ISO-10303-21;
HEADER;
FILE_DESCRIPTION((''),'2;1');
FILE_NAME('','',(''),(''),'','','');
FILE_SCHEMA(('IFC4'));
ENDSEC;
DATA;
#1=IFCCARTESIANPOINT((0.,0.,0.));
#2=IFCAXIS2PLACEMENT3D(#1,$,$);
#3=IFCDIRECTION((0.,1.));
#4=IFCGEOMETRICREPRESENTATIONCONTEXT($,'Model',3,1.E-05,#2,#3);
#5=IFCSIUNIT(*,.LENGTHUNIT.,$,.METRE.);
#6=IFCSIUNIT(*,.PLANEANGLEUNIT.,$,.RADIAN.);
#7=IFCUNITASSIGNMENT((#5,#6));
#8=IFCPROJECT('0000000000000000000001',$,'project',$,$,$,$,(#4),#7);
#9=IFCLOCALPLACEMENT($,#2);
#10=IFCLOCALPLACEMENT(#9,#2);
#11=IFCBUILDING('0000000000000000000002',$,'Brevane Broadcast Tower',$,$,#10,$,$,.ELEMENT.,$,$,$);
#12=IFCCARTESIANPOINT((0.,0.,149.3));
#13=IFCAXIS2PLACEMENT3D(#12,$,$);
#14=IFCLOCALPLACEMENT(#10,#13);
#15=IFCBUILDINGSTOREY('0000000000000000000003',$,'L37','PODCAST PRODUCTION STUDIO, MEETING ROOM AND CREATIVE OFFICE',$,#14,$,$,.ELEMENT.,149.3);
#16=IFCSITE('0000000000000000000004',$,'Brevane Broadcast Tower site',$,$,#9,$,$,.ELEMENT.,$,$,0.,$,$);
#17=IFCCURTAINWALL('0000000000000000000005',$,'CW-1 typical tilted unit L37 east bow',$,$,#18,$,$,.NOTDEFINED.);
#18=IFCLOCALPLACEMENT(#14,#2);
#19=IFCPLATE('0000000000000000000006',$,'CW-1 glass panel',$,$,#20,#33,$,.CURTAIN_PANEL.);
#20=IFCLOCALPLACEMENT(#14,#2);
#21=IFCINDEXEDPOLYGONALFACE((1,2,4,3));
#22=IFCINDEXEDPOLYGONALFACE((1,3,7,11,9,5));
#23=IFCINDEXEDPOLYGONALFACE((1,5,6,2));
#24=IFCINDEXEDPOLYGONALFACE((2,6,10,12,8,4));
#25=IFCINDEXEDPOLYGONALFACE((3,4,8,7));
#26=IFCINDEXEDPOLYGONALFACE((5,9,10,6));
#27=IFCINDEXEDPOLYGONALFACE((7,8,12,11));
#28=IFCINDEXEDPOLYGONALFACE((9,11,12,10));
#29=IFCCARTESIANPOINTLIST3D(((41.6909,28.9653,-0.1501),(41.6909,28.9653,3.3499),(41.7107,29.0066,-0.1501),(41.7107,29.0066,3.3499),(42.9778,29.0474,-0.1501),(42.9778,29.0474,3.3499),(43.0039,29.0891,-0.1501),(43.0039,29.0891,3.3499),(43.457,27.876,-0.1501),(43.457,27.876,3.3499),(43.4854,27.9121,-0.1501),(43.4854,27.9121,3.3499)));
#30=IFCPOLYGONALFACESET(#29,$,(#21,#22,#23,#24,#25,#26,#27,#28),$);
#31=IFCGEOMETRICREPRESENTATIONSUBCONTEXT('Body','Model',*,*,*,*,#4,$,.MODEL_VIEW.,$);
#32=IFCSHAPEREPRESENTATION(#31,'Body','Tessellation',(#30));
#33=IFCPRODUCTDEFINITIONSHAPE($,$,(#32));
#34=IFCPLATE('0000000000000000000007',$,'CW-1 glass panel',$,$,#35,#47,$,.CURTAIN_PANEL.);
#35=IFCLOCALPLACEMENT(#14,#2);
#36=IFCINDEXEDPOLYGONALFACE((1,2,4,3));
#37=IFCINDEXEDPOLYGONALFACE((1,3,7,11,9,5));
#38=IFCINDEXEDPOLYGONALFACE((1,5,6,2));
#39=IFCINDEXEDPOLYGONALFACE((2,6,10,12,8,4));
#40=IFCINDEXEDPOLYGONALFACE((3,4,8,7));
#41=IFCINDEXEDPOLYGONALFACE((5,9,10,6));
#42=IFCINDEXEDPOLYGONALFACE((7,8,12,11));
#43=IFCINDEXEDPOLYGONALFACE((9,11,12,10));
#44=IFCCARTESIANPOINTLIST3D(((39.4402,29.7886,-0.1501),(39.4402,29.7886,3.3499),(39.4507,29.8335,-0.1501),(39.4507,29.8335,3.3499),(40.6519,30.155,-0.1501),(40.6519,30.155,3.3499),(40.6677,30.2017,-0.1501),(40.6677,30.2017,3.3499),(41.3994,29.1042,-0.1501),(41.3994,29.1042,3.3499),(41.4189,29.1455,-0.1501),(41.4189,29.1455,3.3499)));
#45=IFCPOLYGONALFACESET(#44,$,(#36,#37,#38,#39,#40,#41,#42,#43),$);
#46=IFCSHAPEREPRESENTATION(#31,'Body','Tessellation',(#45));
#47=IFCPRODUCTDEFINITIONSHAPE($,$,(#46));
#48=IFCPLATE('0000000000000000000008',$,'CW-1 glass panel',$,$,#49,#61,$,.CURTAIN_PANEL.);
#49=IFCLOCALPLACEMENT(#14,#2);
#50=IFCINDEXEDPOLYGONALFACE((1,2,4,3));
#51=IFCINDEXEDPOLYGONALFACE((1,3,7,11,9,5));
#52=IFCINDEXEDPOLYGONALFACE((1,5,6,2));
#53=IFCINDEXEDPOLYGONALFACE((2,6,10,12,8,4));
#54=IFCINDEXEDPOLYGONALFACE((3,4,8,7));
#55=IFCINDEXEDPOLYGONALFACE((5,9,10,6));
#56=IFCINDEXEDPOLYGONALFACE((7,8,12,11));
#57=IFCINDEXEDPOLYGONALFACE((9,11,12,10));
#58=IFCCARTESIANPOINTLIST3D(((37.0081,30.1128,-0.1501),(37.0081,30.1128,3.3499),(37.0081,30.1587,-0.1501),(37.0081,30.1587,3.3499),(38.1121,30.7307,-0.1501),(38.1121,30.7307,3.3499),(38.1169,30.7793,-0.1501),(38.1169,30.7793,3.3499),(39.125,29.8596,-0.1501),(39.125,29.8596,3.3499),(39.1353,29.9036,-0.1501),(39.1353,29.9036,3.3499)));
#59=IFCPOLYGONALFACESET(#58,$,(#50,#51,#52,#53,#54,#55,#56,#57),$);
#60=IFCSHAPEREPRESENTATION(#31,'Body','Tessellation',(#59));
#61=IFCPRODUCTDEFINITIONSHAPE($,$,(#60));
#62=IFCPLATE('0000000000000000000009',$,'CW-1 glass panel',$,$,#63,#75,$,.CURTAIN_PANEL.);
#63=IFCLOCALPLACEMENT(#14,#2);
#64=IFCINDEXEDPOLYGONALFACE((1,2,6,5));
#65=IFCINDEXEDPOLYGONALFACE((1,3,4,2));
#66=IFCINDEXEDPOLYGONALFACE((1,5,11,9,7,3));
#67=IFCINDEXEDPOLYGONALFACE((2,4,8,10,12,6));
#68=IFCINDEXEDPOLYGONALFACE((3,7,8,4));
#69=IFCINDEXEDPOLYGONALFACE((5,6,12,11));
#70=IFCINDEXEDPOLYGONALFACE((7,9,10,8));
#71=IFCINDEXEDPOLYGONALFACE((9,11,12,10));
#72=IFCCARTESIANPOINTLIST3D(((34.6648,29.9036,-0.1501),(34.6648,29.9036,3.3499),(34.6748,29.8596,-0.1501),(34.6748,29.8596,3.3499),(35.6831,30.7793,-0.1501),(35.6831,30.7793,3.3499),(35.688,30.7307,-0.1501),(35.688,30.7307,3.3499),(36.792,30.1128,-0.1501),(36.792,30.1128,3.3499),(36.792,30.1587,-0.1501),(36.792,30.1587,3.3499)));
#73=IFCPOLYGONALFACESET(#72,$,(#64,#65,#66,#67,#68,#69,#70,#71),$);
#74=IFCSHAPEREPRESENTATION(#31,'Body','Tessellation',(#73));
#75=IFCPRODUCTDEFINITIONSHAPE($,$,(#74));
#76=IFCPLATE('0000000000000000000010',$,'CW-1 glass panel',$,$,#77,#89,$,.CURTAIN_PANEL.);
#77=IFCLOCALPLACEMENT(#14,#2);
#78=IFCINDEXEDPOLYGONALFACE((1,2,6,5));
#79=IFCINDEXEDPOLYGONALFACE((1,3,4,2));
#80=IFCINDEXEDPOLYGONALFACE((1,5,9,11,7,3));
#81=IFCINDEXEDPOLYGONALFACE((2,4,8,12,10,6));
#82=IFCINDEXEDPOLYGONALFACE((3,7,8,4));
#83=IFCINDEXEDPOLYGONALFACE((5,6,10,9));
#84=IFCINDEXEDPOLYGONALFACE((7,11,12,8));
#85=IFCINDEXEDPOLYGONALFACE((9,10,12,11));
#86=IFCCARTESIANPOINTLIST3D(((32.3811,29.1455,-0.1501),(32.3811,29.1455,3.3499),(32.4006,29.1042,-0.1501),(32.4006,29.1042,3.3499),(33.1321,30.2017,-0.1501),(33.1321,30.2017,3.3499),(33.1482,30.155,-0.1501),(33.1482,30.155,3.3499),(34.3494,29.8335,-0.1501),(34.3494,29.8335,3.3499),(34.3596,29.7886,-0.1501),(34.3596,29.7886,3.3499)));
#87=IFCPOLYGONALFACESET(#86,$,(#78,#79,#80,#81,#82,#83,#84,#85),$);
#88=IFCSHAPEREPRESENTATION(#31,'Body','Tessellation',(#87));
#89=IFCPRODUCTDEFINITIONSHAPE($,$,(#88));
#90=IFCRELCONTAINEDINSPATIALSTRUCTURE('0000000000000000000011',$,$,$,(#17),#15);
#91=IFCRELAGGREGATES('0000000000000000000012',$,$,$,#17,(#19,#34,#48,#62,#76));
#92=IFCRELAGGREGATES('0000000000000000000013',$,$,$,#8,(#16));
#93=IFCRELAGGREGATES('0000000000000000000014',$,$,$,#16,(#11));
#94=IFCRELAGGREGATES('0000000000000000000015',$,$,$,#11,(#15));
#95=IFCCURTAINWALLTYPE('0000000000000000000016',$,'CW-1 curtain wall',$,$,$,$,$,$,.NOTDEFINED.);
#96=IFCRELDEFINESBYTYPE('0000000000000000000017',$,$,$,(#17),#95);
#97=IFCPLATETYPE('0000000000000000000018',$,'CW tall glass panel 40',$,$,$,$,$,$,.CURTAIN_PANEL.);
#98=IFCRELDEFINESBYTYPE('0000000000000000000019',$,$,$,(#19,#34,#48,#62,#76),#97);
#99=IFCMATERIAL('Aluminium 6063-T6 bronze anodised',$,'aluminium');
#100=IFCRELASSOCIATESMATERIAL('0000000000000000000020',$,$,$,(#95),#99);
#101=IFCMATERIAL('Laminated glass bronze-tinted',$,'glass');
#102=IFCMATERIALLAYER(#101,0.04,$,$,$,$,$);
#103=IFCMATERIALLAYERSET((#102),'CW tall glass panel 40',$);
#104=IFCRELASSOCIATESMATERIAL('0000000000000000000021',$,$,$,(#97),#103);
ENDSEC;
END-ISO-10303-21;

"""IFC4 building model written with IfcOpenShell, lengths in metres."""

from ifc_helpers import new_model, si_unit, direction, frame, origin, place, context, subcontext, project, spatial, polyline, outline, extrude, material, layer, layer_set, type_object, element, aggregate, save


model = new_model("IFC4")

# Units and contexts
model_context = context("Model", 3, precision=1e-05, world=origin(), true_north=direction((0.0, 1.0)))
body_context = subcontext(model_context, "Body", "Model", "MODEL_VIEW")
ifc_project = project(units=[si_unit("LENGTHUNIT", "METRE"), si_unit("PLANEANGLEUNIT", "RADIAN")], contexts=[model_context])

# Site, building, storey
site_placement = place(None, origin())
site = spatial("IfcSite", under=ifc_project, at=site_placement, Name="Brevane Broadcast Tower site", CompositionType="ELEMENT", RefElevation=0.0)
building_placement = place(site_placement, origin())
building = spatial("IfcBuilding", under=site, at=building_placement, Name="Brevane Broadcast Tower", CompositionType="ELEMENT")
storey_placement = place(building_placement, frame((0.0, 0.0, 149.3)))
storey = spatial("IfcBuildingStorey", under=building, at=storey_placement, Name="L37", Description="PODCAST PRODUCTION STUDIO, MEETING ROOM AND CREATIVE OFFICE", CompositionType="ELEMENT", Elevation=149.3)

# Curtain wall, plates
ifc_material_1 = material(Name="Aluminium 6063-T6 bronze anodised", Category="aluminium")
curtain_wall_type = type_object("IfcCurtainWallType", Name="CW-1 curtain wall", PredefinedType="NOTDEFINED", material=ifc_material_1)
ifc_material_2 = material(Name="Laminated glass bronze-tinted", Category="glass")
ifc_layer = layer(ifc_material_2, 0.04)
ifc_layer_set = layer_set([ifc_layer], Name="CW tall glass panel 40")
plate_type = type_object("IfcPlateType", Name="CW tall glass panel 40", PredefinedType="CURTAIN_PANEL", material=ifc_layer_set)
curtain_wall_1_placement = place(storey_placement, origin())
curtain_wall_1 = element("IfcCurtainWall", 1, at=curtain_wall_1_placement, inside=storey, type_object=curtain_wall_type, Name="CW-1 typical tilted unit L37 east bow", PredefinedType="NOTDEFINED")
plate_1_placement = place(storey_placement, frame((0.0, 0.0, -0.1501)))
plate_1 = element("IfcPlate", 2, at=plate_1_placement, type_object=plate_type, Name="CW-1 glass panel", PredefinedType="CURTAIN_PANEL", context=body_context, shape_type="SweptSolid", body=[
    extrude(outline(polyline([(43.457, 27.876), (43.4854, 27.9121), (43.0039, 29.0891), (41.7107, 29.0066), (41.6909, 28.9653), (42.9778, 29.0474), (43.457, 27.876)])), origin(), (0.0, 0.0, 1.0), 3.5),
])
plate_2_placement = place(storey_placement, frame((0.0, 0.0, -0.1501)))
plate_2 = element("IfcPlate", 3, at=plate_2_placement, type_object=plate_type, Name="CW-1 glass panel", PredefinedType="CURTAIN_PANEL", context=body_context, shape_type="SweptSolid", body=[
    extrude(outline(polyline([(41.3994, 29.1042), (41.4189, 29.1455), (40.6677, 30.2017), (39.4507, 29.8335), (39.4402, 29.7886), (40.6519, 30.155), (41.3994, 29.1042)])), origin(), (0.0, 0.0, 1.0), 3.5),
])
plate_3_placement = place(storey_placement, frame((0.0, 0.0, -0.1501)))
plate_3 = element("IfcPlate", 4, at=plate_3_placement, type_object=plate_type, Name="CW-1 glass panel", PredefinedType="CURTAIN_PANEL", context=body_context, shape_type="SweptSolid", body=[
    extrude(outline(polyline([(39.125, 29.8596), (39.1353, 29.9036), (38.1169, 30.7793), (37.0081, 30.1587), (37.0081, 30.1128), (38.1121, 30.7307), (39.125, 29.8596)])), origin(), (0.0, 0.0, 1.0), 3.5),
])
plate_4_placement = place(storey_placement, frame((0.0, 0.0, -0.1501)))
plate_4 = element("IfcPlate", 5, at=plate_4_placement, type_object=plate_type, Name="CW-1 glass panel", PredefinedType="CURTAIN_PANEL", context=body_context, shape_type="SweptSolid", body=[
    extrude(outline(polyline([(36.792, 30.1128), (36.792, 30.1587), (35.6831, 30.7793), (34.6648, 29.9036), (34.6748, 29.8596), (35.688, 30.7307), (36.792, 30.1128)])), origin(), (0.0, 0.0, 1.0), 3.5),
])
plate_5_placement = place(storey_placement, frame((0.0, 0.0, -0.1501)))
plate_5 = element("IfcPlate", 6, at=plate_5_placement, type_object=plate_type, Name="CW-1 glass panel", PredefinedType="CURTAIN_PANEL", context=body_context, shape_type="SweptSolid", body=[
    extrude(outline(polyline([(34.3596, 29.7886), (34.3494, 29.8335), (33.1321, 30.2017), (32.3811, 29.1455), (32.4006, 29.1042), (33.1482, 30.155), (34.3596, 29.7886)])), origin(), (0.0, 0.0, 1.0), 3.5),
])
aggregate(curtain_wall_1, [plate_1, plate_2, plate_3, plate_4, plate_5])

save(model, "model.ifc")
